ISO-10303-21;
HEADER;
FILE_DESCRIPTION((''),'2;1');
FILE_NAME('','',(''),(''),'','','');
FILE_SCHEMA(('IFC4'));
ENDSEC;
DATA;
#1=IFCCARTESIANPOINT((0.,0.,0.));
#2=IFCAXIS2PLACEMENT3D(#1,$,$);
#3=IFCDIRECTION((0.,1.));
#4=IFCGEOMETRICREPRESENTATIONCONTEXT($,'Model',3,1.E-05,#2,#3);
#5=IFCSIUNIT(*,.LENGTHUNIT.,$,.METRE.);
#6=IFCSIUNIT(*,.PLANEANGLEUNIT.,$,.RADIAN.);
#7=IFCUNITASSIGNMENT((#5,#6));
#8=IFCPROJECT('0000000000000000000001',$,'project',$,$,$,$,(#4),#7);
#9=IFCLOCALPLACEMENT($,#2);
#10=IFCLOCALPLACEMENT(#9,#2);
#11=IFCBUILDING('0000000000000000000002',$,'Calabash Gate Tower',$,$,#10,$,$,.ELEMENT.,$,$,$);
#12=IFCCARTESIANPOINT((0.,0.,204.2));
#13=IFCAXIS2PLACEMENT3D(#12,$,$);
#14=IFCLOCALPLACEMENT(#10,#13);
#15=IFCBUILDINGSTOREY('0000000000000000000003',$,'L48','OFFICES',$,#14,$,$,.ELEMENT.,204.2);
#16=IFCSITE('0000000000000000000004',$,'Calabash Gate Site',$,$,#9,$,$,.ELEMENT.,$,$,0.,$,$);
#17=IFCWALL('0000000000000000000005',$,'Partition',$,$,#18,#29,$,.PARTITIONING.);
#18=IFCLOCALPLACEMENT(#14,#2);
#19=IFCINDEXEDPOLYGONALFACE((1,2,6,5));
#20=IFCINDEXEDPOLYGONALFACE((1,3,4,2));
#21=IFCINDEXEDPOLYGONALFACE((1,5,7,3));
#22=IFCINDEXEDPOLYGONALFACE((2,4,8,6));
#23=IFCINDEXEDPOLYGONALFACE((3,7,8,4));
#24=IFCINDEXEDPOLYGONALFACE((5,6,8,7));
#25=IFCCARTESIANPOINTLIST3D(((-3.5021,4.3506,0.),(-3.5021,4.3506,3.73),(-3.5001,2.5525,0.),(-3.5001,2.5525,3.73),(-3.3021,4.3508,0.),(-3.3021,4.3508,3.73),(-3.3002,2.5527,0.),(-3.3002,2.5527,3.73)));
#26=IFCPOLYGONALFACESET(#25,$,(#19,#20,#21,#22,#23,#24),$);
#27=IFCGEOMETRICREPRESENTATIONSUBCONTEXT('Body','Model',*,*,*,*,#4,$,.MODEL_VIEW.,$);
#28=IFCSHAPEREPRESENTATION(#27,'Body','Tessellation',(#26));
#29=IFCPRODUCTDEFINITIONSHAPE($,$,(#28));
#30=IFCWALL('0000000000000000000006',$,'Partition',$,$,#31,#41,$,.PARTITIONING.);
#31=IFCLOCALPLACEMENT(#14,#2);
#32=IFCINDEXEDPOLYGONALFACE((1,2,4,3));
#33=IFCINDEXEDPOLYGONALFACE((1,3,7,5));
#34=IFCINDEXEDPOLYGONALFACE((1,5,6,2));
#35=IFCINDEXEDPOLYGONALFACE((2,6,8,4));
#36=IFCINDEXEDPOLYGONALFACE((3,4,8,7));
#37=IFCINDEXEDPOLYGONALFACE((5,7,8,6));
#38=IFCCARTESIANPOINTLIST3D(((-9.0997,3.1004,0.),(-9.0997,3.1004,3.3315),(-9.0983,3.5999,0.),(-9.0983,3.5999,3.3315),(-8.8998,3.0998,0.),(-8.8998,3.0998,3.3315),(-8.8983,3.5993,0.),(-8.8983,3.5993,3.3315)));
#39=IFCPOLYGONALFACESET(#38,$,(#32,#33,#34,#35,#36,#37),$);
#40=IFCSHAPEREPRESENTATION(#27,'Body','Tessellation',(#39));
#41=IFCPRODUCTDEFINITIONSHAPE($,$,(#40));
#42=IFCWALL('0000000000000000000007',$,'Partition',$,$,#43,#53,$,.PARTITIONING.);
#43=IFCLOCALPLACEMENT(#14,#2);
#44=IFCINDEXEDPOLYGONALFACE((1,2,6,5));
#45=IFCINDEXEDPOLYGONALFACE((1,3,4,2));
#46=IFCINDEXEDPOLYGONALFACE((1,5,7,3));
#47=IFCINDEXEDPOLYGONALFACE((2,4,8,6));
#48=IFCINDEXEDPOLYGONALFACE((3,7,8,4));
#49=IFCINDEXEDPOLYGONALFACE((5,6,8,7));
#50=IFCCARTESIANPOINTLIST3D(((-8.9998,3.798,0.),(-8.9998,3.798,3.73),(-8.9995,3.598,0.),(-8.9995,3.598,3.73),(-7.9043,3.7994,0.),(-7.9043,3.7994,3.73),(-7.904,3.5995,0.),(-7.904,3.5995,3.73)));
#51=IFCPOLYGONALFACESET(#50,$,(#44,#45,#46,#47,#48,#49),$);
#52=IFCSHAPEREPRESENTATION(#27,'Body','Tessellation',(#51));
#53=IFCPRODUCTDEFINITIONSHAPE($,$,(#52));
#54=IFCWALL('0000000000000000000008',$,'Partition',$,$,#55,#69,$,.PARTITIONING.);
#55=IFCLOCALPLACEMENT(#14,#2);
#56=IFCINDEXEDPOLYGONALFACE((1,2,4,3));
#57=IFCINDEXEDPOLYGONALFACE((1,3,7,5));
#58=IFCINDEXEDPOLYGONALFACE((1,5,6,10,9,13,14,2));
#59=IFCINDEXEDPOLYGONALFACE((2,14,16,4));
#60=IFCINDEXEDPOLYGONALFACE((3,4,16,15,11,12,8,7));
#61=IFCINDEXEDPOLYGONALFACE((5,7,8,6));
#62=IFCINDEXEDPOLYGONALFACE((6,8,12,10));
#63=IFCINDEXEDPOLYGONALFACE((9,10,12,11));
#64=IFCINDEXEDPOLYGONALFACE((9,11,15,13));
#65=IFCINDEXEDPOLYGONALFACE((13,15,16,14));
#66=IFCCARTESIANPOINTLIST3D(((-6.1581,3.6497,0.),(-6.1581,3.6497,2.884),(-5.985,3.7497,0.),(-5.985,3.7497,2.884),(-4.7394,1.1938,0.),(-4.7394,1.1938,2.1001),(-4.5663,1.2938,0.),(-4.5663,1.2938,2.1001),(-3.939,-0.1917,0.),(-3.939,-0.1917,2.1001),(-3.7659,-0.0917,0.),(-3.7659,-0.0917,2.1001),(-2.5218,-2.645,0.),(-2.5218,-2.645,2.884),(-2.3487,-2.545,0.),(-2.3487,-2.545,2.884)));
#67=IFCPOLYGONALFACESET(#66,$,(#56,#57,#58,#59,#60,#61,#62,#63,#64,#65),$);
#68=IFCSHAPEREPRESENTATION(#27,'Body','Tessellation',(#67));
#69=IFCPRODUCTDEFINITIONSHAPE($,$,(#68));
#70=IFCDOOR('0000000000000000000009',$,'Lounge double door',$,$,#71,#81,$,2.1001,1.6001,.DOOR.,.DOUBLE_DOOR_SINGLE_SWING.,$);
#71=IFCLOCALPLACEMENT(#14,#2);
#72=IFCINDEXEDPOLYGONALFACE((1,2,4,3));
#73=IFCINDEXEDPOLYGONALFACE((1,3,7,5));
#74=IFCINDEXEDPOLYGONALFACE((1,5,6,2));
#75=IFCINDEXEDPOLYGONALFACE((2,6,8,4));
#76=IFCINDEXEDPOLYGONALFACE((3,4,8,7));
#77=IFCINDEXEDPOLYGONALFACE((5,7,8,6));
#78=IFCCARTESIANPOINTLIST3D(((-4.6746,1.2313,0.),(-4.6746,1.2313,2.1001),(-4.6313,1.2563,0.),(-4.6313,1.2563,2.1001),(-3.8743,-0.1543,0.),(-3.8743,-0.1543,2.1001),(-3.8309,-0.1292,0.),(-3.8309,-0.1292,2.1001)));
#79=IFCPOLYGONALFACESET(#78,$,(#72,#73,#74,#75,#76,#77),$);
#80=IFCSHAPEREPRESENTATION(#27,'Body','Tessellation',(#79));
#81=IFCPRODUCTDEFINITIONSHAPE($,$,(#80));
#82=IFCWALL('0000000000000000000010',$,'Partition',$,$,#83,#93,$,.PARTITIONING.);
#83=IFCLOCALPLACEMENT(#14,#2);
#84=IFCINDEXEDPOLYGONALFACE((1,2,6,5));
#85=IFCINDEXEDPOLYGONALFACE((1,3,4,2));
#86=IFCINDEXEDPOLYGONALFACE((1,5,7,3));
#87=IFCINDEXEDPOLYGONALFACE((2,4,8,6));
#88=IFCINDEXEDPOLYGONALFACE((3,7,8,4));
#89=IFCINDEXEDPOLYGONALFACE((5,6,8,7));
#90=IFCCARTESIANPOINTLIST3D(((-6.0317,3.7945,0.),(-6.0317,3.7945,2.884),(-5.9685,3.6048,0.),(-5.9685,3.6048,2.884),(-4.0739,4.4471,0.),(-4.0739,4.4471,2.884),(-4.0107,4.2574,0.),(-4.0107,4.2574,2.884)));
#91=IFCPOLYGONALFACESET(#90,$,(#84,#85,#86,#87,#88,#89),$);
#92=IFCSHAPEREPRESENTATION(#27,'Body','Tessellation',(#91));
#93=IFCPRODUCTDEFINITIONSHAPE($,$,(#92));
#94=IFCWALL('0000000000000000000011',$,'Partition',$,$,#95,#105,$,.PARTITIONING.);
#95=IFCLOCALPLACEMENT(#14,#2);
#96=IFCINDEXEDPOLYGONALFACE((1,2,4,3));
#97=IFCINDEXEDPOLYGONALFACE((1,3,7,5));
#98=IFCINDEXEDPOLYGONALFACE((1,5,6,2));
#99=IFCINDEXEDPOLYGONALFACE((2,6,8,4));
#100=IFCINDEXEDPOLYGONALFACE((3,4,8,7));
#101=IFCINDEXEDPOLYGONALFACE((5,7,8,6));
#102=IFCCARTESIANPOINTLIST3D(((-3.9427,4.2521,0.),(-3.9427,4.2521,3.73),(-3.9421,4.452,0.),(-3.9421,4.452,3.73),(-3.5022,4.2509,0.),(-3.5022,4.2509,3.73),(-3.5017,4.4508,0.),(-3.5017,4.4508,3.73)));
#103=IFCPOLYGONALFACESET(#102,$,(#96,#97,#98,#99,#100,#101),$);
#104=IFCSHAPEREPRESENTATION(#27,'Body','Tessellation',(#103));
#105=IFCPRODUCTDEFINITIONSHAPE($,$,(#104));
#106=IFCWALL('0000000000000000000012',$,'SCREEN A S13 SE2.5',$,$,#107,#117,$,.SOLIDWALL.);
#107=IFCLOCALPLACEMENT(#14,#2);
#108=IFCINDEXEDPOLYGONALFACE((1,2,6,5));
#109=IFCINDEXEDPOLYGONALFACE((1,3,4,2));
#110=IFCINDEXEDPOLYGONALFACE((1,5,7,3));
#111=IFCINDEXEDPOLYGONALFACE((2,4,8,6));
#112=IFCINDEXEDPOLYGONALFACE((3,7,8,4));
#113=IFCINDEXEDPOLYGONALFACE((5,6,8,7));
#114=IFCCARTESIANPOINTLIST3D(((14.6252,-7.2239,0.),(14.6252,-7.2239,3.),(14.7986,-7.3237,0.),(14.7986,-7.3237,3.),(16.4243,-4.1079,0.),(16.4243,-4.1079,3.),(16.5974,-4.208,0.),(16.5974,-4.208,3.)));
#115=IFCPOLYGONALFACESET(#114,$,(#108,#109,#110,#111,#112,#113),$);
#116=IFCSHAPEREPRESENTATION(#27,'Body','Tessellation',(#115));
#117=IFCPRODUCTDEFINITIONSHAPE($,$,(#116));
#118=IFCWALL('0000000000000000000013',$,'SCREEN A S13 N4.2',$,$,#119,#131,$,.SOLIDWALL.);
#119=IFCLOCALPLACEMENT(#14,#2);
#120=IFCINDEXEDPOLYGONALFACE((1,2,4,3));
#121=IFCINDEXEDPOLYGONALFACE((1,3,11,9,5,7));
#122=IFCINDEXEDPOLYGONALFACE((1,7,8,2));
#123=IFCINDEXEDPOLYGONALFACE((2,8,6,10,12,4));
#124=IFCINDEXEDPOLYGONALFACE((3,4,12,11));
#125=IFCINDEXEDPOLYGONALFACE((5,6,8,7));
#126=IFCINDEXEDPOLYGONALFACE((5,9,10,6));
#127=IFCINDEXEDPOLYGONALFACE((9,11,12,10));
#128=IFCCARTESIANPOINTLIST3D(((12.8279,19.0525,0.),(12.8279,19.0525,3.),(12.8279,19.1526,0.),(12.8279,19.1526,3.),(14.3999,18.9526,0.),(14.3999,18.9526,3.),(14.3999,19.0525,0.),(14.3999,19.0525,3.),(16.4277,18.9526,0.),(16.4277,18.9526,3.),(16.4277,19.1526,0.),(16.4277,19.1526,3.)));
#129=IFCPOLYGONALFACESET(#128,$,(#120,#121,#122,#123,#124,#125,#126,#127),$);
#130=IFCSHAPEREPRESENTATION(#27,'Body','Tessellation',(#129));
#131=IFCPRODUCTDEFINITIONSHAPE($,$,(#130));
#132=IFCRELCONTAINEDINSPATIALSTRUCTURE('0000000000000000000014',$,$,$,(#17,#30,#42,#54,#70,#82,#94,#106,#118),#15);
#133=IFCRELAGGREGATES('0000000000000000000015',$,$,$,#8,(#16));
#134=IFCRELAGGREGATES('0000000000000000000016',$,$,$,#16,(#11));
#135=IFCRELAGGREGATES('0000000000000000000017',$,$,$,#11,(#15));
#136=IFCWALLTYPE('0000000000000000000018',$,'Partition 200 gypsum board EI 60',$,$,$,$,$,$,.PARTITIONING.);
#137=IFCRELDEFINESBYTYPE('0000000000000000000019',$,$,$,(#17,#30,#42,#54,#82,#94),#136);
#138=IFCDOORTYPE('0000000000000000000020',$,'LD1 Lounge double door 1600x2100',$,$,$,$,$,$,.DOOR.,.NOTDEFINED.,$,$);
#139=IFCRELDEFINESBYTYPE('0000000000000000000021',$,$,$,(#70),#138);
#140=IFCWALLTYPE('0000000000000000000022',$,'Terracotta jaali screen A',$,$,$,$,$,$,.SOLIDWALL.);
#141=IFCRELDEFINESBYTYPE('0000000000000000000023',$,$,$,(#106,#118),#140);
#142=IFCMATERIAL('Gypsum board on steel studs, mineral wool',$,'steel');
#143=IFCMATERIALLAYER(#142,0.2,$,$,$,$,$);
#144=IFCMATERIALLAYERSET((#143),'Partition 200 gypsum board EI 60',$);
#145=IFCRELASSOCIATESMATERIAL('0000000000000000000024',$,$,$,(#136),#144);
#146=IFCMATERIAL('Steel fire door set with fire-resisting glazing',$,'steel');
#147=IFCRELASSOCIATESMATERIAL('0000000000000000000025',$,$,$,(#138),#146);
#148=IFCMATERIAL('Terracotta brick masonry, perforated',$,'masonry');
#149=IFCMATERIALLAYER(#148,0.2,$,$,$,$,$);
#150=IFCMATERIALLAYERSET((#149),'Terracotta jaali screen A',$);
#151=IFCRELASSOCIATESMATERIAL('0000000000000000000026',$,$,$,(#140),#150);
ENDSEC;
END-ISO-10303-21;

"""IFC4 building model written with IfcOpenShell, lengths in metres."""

from ifc_helpers import new_model, si_unit, direction, frame, frame_2d, origin, place, context, subcontext, project, spatial, polyline, rectangle, outline, extrude, material, layer, layer_set, type_object, element, fill, save


model = new_model("IFC4")

# Units and contexts
model_context = context("Model", 3, precision=1e-05, world=origin(), true_north=direction((0.0, 1.0)))
body_context = subcontext(model_context, "Body", "Model", "MODEL_VIEW")
ifc_project = project(units=[si_unit("LENGTHUNIT", "METRE"), si_unit("PLANEANGLEUNIT", "RADIAN")], contexts=[model_context])

# Site, building, storey
site_placement = place(None, origin())
site = spatial("IfcSite", under=ifc_project, at=site_placement, Name="Calabash Gate Site", CompositionType="ELEMENT", RefElevation=0.0)
building_placement = place(site_placement, origin())
building = spatial("IfcBuilding", under=site, at=building_placement, Name="Calabash Gate Tower", CompositionType="ELEMENT")
storey_placement = place(building_placement, frame((0.0, 0.0, 204.2)))
storey = spatial("IfcBuildingStorey", under=building, at=storey_placement, Name="L48", Description="OFFICES", CompositionType="ELEMENT", Elevation=204.2)

# Shared definitions
ifc_material_1 = material(Name="Gypsum board on steel studs, mineral wool", Category="steel")
ifc_layer_1 = layer(ifc_material_1, 0.2)
ifc_layer_set_1 = layer_set([ifc_layer_1], Name="Partition 200 gypsum board EI 60")
wall_type_1 = type_object("IfcWallType", Name="Partition 200 gypsum board EI 60", PredefinedType="PARTITIONING", material=ifc_layer_set_1)
ifc_material_2 = material(Name="Steel fire door set with fire-resisting glazing", Category="steel")
door_type_1 = type_object("IfcDoorType", Name="LD1 Lounge double door 1600x2100", OperationType="NOTDEFINED", PredefinedType="DOOR", material=ifc_material_2)

# Walls
wall_1_placement = place(storey_placement, frame((-3.4021, 4.3506, 0.0), z_axis=(0.0, 0.0, 1.0), x_axis=(0.001086, -0.999999, 0.0)))
element("IfcWall", 1, at=wall_1_placement, inside=storey, type_object=wall_type_1, Name="Partition", PredefinedType="PARTITIONING", context=body_context, shape_type="SweptSolid", body=[
    extrude(rectangle(XDim=1.7981, YDim=0.2, at=frame_2d((0.8989, 0.0))), origin(), (0.0, 0.0, 1.0), 3.73),
])
wall_2_placement = place(storey_placement, frame((-8.9998, 3.1001, 0.0), z_axis=(0.0, 0.0, 1.0), x_axis=(0.002933, 0.999996, 0.0)))
element("IfcWall", 2, at=wall_2_placement, inside=storey, type_object=wall_type_1, Name="Partition", PredefinedType="PARTITIONING", context=body_context, shape_type="SweptSolid", body=[
    extrude(rectangle(XDim=0.4995, YDim=0.2, at=frame_2d((0.2498, 0.0))), origin(), (0.0, 0.0, 1.0), 3.3315),
])
wall_3_placement = place(storey_placement, frame((-8.9998, 3.698, 0.0), z_axis=(0.0, 0.0, 1.0), x_axis=(0.999999, 0.001337, 0.0)))
element("IfcWall", 3, at=wall_3_placement, inside=storey, type_object=wall_type_1, Name="Partition", PredefinedType="PARTITIONING", context=body_context, shape_type="SweptSolid", body=[
    extrude(rectangle(XDim=1.0955, YDim=0.2, at=frame_2d((0.5479, 0.0))), origin(), (0.0, 0.0, 1.0), 3.73),
])

# Wall, opening, door
wall_4_placement = place(storey_placement, frame((-6.0715, 3.6997, 0.0), z_axis=(0.0, 0.0, 1.0), x_axis=(0.500206, -0.865906, 0.0)))
wall_4 = element("IfcWall", 4, at=wall_4_placement, inside=storey, type_object=wall_type_1, Name="Partition", PredefinedType="PARTITIONING", context=body_context, shape_type="SweptSolid", body=[
    extrude(rectangle(XDim=7.2695, YDim=0.2, at=frame_2d((3.6348, 0.0))), origin(), (0.0, 0.0, 1.0), 2.884),
])
opening_1_placement = place(wall_4_placement, frame((2.8362, 0.0, 0.0)))
opening_1 = element("IfcOpeningElement", 5, at=opening_1_placement, cuts=wall_4, PredefinedType="OPENING", context=body_context, shape_type="SweptSolid", body=[
    extrude(rectangle(XDim=1.6001, YDim=2.1001, at=frame_2d((0.8, 1.05))), frame((0.0, 0.1099, 0.0), z_axis=(0.0, -1.0, 0.0), x_axis=(1.0, 0.0, 0.0)), (0.0, 0.0, 1.0), 0.22),
])
door_1_placement = place(opening_1_placement, origin())
door_1 = element("IfcDoor", 6, at=door_1_placement, inside=storey, type_object=door_type_1, Name="Lounge double door", OperationType="DOUBLE_DOOR_SINGLE_SWING", OverallHeight=2.1001, OverallWidth=1.6001, PredefinedType="DOOR", context=body_context, shape_type="SweptSolid", body=[
    extrude(rectangle(XDim=1.6001, YDim=2.1001, at=frame_2d((0.8, 1.05))), frame((0.0, 0.0249, 0.0), z_axis=(0.0, -1.0, 0.0), x_axis=(1.0, 0.0, 0.0)), (0.0, 0.0, 1.0), 0.05),
])
fill(opening_1, door_1)

# Walls
wall_5_placement = place(storey_placement, frame((-6.0, 3.6997, 0.0), z_axis=(0.0, 0.0, 1.0), x_axis=(0.948683, 0.316228, 0.0)))
element("IfcWall", 7, at=wall_5_placement, inside=storey, type_object=wall_type_1, Name="Partition", PredefinedType="PARTITIONING", context=body_context, shape_type="SweptSolid", body=[
    extrude(rectangle(XDim=2.0637, YDim=0.2, at=frame_2d((1.0317, 0.0))), origin(), (0.0, 0.0, 1.0), 2.884),
])
wall_6_placement = place(storey_placement, frame((-3.9424, 4.3521, 0.0), z_axis=(0.0, 0.0, 1.0), x_axis=(0.999996, -0.002772, 0.0)))
element("IfcWall", 8, at=wall_6_placement, inside=storey, type_object=wall_type_1, Name="Partition", PredefinedType="PARTITIONING", context=body_context, shape_type="SweptSolid", body=[
    extrude(rectangle(XDim=0.4404, YDim=0.2, at=frame_2d((0.2202, 0.0))), origin(), (0.0, 0.0, 1.0), 3.73),
])
ifc_material_3 = material(Name="Terracotta brick masonry, perforated", Category="masonry")
ifc_layer_2 = layer(ifc_material_3, 0.2)
ifc_layer_set_2 = layer_set([ifc_layer_2], Name="Terracotta jaali screen A")
wall_type_2 = type_object("IfcWallType", Name="Terracotta jaali screen A", PredefinedType="SOLIDWALL", material=ifc_layer_set_2)
wall_7_placement = place(storey_placement, origin())
element("IfcWall", 9, at=wall_7_placement, inside=storey, type_object=wall_type_2, Name="SCREEN A S13 SE2.5", PredefinedType="SOLIDWALL", context=body_context, shape_type="SweptSolid", body=[
    extrude(outline(polyline([(16.4243, -4.1079), (14.6252, -7.2239), (14.7986, -7.3237), (16.5974, -4.208), (16.4243, -4.1079)])), origin(), (0.0, 0.0, 1.0), 3.0),
])
wall_8_placement = place(storey_placement, origin())
element("IfcWall", 10, at=wall_8_placement, inside=storey, type_object=wall_type_2, Name="SCREEN A S13 N4.2", PredefinedType="SOLIDWALL", context=body_context, shape_type="SweptSolid", body=[
    extrude(outline(polyline([(16.4277, 19.1526), (12.8279, 19.1526), (12.8279, 19.0525), (14.3999, 19.0525), (14.3999, 18.9526), (16.4277, 18.9526), (16.4277, 19.1526)])), origin(), (0.0, 0.0, 1.0), 3.0),
])

save(model, "model.ifc")
